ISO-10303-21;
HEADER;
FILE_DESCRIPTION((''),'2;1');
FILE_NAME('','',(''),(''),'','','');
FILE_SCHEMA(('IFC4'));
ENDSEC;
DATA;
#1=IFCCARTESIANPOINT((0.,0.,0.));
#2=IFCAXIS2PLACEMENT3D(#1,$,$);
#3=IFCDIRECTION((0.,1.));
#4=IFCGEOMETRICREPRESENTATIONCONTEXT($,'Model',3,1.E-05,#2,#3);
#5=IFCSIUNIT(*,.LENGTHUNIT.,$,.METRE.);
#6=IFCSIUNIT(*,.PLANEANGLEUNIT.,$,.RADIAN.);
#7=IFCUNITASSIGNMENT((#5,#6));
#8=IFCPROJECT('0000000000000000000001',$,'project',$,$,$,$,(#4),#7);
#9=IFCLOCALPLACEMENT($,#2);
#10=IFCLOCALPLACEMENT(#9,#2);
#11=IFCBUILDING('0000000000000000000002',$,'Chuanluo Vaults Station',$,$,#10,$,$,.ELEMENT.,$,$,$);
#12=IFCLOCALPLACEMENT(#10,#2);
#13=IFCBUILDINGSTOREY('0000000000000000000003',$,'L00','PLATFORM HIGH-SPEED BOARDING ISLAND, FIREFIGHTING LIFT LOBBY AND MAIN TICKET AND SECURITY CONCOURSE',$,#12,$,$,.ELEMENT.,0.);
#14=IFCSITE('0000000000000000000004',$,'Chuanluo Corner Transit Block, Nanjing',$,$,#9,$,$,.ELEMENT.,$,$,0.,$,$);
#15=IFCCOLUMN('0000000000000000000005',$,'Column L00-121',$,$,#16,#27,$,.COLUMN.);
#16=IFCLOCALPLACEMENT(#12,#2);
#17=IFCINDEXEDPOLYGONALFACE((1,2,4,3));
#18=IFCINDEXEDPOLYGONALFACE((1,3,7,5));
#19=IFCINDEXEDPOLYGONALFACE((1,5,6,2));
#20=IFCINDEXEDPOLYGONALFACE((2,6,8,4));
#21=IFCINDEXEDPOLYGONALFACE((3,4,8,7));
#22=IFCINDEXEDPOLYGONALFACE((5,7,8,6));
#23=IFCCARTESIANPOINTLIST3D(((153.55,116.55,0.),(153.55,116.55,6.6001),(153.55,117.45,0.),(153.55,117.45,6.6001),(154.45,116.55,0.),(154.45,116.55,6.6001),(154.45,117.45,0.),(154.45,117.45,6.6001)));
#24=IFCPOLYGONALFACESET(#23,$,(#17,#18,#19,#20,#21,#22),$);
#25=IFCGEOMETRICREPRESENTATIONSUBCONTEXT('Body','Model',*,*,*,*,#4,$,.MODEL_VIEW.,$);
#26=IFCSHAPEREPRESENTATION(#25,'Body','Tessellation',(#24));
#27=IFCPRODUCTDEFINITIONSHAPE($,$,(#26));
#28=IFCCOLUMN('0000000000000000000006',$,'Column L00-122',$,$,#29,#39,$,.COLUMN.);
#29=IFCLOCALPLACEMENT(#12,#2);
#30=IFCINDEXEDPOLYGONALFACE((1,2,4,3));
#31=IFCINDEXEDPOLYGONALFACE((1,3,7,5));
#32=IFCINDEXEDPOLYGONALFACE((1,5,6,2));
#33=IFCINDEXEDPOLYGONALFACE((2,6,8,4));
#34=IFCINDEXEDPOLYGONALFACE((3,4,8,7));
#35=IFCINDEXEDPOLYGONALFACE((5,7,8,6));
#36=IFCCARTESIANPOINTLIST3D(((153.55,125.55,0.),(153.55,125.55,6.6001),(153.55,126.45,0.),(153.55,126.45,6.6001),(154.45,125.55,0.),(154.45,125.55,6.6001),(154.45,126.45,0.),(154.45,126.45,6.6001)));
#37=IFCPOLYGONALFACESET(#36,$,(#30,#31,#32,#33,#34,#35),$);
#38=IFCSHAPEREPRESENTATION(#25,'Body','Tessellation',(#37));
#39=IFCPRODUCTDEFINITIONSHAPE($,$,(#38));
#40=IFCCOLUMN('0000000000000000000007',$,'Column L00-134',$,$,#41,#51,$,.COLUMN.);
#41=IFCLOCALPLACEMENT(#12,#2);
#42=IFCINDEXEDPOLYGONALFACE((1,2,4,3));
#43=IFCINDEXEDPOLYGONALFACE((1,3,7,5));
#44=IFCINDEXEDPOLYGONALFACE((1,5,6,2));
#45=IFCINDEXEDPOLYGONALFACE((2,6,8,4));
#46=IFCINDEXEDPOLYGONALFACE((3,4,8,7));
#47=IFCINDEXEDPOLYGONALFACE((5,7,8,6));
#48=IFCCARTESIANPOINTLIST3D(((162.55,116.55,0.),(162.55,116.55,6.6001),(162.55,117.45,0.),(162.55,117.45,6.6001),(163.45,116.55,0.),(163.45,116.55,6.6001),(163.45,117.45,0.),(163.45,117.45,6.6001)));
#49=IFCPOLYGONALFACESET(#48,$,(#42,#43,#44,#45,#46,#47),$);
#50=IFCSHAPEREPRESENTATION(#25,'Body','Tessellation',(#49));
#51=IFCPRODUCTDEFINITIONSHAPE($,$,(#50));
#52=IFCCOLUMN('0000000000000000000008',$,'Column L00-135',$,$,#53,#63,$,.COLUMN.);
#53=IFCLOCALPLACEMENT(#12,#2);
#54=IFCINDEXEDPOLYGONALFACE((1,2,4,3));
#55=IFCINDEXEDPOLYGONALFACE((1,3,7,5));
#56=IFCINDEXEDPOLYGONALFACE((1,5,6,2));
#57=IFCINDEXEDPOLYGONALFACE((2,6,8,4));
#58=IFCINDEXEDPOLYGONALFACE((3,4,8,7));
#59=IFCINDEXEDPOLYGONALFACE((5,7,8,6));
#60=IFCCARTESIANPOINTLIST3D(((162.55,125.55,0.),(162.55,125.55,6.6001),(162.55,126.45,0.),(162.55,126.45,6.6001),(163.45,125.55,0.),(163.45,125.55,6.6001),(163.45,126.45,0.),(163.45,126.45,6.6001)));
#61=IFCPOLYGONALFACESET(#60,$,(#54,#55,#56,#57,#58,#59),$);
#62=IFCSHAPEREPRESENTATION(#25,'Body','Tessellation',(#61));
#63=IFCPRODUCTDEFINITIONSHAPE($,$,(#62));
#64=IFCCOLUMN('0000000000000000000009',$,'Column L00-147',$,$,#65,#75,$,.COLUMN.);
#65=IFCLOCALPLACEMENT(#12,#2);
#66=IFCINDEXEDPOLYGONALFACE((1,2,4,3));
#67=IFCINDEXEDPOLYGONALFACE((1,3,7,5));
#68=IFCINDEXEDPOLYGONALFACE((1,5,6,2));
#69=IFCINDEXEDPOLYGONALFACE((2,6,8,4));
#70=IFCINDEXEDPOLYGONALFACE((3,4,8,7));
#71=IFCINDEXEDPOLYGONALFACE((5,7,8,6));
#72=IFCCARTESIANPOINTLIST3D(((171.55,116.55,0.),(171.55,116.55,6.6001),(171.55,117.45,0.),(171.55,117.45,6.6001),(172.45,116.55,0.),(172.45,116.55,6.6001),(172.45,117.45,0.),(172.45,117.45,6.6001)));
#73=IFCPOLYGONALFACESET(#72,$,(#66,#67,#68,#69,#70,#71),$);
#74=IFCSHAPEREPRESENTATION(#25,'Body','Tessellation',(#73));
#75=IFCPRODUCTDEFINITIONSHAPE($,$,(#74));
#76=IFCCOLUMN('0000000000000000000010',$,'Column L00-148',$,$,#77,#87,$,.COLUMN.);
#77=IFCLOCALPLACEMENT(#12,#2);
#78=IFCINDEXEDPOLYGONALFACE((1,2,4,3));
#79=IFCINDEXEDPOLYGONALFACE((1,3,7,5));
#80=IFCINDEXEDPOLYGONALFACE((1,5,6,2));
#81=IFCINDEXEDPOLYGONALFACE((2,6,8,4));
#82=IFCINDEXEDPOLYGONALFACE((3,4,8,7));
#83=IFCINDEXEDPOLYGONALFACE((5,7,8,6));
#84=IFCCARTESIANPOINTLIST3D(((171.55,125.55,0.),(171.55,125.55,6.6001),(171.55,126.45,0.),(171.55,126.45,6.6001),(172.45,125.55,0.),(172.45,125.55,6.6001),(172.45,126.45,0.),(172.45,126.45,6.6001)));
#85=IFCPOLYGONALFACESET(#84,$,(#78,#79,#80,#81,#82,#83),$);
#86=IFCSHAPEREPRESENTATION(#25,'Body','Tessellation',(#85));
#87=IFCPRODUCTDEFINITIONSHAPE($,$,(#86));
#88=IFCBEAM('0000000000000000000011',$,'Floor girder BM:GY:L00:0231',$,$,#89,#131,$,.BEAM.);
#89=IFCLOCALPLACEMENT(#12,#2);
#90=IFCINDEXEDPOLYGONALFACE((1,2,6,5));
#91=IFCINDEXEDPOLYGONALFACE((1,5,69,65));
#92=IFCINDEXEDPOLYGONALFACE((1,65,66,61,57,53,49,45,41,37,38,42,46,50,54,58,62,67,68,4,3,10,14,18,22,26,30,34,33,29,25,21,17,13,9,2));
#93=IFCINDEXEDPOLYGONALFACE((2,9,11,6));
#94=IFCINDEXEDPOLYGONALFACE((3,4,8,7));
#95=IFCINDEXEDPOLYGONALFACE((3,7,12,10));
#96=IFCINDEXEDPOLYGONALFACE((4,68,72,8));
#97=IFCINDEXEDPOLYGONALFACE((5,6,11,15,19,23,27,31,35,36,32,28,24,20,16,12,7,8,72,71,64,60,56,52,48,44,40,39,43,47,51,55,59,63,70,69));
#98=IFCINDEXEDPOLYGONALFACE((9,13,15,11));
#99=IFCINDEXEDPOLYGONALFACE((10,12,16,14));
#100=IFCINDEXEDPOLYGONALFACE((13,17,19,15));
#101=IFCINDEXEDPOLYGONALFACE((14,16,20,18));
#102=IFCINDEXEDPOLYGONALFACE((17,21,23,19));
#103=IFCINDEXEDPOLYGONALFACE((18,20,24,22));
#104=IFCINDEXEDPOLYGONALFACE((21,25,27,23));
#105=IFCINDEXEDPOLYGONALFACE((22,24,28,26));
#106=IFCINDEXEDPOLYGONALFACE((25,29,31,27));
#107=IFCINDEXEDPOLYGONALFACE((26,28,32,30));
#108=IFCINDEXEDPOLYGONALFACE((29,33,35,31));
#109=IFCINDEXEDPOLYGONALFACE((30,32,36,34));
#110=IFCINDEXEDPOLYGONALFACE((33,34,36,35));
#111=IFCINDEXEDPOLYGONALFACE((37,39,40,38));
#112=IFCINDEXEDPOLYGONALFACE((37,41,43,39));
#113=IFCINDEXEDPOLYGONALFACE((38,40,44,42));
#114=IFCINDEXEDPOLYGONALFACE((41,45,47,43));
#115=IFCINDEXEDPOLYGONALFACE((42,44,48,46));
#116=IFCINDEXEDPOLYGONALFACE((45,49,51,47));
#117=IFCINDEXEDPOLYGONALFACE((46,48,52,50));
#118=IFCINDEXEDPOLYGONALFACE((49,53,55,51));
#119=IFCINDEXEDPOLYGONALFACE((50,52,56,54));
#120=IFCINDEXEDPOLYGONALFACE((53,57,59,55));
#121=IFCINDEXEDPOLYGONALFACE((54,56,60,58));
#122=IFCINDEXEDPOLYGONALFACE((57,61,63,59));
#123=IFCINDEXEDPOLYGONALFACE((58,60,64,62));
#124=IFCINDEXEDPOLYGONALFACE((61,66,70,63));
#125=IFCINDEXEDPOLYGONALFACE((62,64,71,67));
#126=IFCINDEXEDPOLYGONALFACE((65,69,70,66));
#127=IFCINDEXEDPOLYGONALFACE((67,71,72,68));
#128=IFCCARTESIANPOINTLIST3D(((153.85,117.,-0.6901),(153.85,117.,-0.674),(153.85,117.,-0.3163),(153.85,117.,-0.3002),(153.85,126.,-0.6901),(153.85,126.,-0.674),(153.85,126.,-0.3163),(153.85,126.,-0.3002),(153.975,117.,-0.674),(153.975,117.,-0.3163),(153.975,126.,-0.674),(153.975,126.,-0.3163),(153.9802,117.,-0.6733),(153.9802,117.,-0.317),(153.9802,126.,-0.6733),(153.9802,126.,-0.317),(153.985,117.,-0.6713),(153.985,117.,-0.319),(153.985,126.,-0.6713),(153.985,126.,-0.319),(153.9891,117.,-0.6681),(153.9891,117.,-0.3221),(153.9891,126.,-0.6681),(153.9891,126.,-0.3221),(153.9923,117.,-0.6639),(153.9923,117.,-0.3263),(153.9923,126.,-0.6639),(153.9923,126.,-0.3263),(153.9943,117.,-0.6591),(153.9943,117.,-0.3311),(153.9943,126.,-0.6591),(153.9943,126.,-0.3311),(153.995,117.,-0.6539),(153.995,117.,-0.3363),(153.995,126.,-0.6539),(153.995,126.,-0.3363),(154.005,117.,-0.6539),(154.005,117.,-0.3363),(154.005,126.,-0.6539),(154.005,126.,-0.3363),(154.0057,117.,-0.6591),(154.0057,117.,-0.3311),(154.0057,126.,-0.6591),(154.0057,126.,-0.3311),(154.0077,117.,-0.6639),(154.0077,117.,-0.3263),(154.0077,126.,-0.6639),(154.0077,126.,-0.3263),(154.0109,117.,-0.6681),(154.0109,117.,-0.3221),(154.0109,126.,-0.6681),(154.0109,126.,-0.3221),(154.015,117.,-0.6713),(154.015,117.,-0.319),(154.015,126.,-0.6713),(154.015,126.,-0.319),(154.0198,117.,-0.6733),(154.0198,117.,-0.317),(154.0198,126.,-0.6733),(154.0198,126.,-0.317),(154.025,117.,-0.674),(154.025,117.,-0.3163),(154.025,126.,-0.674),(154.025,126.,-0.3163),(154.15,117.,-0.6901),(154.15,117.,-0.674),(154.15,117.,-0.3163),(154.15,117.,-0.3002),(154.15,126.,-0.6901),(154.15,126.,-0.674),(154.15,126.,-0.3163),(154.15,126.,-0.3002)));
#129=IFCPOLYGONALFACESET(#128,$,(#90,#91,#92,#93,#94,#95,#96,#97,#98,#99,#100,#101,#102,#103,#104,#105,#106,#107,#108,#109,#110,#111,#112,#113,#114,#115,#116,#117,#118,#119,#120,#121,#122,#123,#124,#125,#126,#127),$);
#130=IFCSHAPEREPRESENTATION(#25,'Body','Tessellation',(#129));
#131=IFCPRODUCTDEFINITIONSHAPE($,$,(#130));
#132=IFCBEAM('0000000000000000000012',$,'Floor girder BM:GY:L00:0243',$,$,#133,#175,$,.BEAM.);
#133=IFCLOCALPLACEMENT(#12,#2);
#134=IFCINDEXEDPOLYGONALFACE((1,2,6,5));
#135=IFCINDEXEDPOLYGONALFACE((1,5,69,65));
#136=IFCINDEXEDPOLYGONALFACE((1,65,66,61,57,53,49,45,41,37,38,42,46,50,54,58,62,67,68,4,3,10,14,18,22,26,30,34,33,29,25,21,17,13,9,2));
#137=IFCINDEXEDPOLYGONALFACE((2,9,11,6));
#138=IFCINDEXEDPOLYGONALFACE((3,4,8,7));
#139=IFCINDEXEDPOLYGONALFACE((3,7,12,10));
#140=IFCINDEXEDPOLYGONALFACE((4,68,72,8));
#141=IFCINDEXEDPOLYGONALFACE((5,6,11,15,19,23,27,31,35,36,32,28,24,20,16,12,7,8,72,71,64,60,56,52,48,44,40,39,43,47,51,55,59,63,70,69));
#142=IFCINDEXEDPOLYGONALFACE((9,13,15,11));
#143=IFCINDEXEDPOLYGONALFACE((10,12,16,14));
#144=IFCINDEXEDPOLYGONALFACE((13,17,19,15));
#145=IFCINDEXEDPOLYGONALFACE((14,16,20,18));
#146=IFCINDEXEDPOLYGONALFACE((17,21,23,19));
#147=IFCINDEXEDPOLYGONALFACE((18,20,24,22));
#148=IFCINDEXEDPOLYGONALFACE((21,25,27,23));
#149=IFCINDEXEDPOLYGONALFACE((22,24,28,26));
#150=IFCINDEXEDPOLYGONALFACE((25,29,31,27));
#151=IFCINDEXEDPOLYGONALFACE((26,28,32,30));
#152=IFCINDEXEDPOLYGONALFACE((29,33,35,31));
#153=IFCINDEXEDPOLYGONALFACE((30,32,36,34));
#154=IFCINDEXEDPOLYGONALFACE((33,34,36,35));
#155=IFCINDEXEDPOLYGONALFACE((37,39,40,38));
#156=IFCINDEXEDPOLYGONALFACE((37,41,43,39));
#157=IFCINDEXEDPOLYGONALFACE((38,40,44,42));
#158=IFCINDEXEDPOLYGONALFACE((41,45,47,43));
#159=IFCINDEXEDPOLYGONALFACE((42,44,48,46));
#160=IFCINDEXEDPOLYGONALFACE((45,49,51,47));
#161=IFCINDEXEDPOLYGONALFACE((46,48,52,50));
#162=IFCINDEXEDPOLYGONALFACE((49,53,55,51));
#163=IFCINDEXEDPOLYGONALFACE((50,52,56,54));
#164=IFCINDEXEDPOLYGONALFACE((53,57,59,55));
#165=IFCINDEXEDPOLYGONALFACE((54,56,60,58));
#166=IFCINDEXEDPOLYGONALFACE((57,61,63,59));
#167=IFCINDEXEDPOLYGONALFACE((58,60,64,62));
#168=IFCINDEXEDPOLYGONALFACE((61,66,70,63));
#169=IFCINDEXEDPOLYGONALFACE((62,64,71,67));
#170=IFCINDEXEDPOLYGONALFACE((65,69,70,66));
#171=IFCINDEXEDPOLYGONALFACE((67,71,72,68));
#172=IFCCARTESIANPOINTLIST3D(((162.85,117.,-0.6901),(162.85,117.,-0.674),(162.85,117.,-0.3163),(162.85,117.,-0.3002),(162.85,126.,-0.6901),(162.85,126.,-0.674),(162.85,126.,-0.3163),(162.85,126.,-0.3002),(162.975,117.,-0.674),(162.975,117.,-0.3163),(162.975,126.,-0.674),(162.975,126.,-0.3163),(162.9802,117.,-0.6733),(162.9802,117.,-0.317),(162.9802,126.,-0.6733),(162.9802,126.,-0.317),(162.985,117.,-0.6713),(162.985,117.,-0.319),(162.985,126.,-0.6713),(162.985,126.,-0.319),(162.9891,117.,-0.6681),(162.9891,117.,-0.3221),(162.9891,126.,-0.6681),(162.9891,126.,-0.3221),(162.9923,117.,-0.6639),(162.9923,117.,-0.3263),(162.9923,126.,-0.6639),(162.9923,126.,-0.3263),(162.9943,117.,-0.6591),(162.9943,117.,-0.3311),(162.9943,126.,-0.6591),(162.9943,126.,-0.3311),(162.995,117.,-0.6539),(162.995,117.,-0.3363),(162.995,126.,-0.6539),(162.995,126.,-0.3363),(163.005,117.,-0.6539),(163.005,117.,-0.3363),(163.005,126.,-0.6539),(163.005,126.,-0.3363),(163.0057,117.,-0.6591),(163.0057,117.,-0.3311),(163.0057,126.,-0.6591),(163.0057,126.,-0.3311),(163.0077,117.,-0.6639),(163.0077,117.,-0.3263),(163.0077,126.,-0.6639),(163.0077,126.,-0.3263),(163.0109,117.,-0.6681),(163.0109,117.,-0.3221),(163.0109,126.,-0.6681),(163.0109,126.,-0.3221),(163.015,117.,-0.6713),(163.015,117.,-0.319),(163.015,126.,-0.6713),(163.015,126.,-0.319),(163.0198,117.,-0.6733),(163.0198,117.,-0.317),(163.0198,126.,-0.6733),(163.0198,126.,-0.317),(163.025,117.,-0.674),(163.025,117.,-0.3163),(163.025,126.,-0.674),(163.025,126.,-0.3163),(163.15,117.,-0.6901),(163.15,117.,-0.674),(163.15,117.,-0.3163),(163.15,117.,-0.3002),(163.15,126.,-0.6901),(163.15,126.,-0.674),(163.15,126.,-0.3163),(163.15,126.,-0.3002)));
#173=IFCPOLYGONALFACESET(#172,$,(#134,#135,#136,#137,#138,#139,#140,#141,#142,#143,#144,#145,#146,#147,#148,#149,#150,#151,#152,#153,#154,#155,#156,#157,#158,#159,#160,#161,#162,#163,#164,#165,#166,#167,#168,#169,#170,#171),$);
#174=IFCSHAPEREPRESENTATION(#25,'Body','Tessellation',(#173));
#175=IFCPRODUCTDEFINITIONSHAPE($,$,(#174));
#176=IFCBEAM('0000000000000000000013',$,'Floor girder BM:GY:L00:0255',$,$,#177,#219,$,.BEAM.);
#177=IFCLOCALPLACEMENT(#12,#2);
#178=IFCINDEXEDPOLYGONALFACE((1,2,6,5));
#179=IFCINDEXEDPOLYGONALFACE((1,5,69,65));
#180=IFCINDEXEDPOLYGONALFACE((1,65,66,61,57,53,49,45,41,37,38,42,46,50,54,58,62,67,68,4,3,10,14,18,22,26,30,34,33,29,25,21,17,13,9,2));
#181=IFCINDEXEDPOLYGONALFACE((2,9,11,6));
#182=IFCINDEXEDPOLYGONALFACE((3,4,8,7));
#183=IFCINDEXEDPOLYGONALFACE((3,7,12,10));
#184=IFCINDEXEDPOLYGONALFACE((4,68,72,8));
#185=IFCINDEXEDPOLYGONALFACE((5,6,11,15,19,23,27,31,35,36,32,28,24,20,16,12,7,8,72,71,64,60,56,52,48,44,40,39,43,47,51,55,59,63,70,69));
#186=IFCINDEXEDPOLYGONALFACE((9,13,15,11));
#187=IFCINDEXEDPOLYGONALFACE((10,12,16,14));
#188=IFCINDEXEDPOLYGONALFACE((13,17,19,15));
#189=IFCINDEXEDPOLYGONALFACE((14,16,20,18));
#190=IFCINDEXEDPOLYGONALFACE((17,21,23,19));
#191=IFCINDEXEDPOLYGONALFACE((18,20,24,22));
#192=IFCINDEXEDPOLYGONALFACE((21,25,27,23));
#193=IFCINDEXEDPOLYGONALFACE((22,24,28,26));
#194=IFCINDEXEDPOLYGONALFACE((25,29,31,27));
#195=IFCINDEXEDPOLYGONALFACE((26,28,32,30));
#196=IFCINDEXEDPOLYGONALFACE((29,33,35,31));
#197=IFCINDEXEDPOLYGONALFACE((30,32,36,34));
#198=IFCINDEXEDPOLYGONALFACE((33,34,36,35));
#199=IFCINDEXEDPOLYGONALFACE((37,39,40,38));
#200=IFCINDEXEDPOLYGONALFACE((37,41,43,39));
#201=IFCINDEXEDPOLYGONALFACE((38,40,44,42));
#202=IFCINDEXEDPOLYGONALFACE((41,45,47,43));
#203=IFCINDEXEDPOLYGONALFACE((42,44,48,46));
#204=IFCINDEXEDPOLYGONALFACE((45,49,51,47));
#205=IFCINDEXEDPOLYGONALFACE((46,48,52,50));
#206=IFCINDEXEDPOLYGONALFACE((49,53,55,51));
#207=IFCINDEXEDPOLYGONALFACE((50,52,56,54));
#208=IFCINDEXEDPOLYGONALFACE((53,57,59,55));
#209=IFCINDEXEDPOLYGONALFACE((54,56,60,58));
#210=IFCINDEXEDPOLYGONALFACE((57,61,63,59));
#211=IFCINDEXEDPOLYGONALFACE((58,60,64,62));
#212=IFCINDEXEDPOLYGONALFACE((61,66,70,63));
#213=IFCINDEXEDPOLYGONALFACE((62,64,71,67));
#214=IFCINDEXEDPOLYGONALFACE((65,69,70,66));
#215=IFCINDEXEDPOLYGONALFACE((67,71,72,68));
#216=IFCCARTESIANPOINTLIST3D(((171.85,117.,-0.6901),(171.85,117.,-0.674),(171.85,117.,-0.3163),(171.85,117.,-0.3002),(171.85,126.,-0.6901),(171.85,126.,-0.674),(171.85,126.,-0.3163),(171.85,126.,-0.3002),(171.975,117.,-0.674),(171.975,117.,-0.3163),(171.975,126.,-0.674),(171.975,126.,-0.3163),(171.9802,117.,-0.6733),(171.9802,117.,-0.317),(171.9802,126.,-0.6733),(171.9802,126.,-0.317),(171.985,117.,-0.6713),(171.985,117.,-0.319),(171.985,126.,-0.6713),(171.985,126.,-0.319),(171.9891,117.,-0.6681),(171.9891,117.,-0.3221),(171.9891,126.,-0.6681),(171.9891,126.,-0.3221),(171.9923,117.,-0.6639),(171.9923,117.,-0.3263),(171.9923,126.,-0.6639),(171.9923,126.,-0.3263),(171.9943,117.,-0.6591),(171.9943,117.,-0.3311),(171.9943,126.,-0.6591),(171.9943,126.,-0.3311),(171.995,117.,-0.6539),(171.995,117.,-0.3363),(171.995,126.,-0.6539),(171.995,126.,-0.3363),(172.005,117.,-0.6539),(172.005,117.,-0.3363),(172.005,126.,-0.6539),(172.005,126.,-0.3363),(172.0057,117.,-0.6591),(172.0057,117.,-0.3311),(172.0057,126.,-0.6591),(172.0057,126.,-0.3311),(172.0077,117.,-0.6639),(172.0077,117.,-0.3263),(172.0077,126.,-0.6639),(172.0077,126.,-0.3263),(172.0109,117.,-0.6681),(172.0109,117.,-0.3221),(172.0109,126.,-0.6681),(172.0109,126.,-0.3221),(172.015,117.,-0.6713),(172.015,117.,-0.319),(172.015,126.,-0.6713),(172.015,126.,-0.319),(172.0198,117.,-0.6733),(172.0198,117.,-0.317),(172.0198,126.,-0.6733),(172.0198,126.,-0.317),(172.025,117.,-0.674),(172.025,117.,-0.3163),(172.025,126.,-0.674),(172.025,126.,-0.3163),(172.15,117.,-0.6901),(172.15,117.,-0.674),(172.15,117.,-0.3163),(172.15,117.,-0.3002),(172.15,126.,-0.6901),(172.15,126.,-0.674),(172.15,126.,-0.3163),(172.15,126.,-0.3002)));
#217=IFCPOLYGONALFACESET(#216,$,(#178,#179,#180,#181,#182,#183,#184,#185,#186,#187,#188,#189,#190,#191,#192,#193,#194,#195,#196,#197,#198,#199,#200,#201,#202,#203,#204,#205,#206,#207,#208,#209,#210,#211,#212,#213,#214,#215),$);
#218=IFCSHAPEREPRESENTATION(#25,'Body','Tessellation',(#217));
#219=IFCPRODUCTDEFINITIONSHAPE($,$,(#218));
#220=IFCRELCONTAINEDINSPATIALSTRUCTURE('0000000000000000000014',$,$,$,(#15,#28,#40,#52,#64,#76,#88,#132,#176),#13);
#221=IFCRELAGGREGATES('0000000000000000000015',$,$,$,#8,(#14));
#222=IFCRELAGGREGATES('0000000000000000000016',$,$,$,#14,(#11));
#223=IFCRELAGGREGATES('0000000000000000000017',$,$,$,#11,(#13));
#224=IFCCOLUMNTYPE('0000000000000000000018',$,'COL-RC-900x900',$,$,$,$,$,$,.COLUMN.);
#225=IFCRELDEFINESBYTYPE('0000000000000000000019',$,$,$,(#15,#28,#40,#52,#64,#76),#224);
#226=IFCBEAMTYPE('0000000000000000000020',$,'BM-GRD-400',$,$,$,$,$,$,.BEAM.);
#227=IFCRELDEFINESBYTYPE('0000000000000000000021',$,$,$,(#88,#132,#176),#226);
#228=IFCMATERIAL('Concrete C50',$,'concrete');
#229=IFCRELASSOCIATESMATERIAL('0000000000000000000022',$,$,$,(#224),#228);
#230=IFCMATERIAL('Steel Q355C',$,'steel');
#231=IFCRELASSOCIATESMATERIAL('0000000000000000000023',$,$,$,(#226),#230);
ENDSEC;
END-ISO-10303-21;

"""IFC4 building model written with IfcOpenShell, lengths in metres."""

from ifc_helpers import new_model, si_unit, direction, frame, origin, origin_2d, place, context, subcontext, project, spatial, rectangle, i_section, extrude, material, material_profile, profile_set, type_object, element, save


model = new_model("IFC4")

# Units and contexts
model_context = context("Model", 3, precision=1e-05, world=origin(), true_north=direction((0.0, 1.0)))
body_context = subcontext(model_context, "Body", "Model", "MODEL_VIEW")
ifc_project = project(units=[si_unit("LENGTHUNIT", "METRE"), si_unit("PLANEANGLEUNIT", "RADIAN")], contexts=[model_context])

# Site, building, storey
site_placement = place(None, origin())
site = spatial("IfcSite", under=ifc_project, at=site_placement, Name="Chuanluo Corner Transit Block, Nanjing", CompositionType="ELEMENT", RefElevation=0.0)
building_placement = place(site_placement, origin())
building = spatial("IfcBuilding", under=site, at=building_placement, Name="Chuanluo Vaults Station", CompositionType="ELEMENT")
storey_placement = place(building_placement, origin())
storey = spatial("IfcBuildingStorey", under=building, at=storey_placement, Name="L00", Description="PLATFORM HIGH-SPEED BOARDING ISLAND, FIREFIGHTING LIFT LOBBY AND MAIN TICKET AND SECURITY CONCOURSE", CompositionType="ELEMENT", Elevation=0.0)

# Columns
ifc_material_1 = material(Name="Concrete C50", Category="concrete")
ifc_material_profile_1 = material_profile(ifc_material_1, rectangle(XDim=0.8999, YDim=0.8999, at=origin_2d()))
ifc_profile_set_1 = profile_set([ifc_material_profile_1], Name="Concrete C50")
column_type = type_object("IfcColumnType", Name="COL-RC-900x900", PredefinedType="COLUMN", material=ifc_profile_set_1)
for number, where, z_axis, x_axis, name in (
    (1, (154.0, 117.0, 0.0), (0.0, 0.0, 1.0), (1.0, 0.0, 0.0), "Column L00-121"),
    (2, (154.0, 126.0, 0.0), (0.0, 0.0, 1.0), (1.0, 0.0, 0.0), "Column L00-122"),
    (3, (163.0, 117.0, 0.0), (0.0, 0.0, 1.0), (1.0, 0.0, 0.0), "Column L00-134"),
    (4, (163.0, 126.0, 0.0), (0.0, 0.0, 1.0), (1.0, 0.0, 0.0), "Column L00-135"),
    (5, (172.0, 117.0, 0.0), (0.0, 0.0, 1.0), (1.0, 0.0, 0.0), "Column L00-147"),
    (6, (172.0, 126.0, 0.0), (0.0, 0.0, 1.0), (1.0, 0.0, 0.0), "Column L00-148"),
):
    element("IfcColumn", number, at=place(storey_placement, frame(where, z_axis=z_axis, x_axis=x_axis)), inside=storey, type_object=column_type, Name=name, PredefinedType="COLUMN", context=body_context, shape_type="SweptSolid", body=[
        extrude(rectangle(XDim=0.8999, YDim=0.8999, at=origin_2d()), origin(), (0.0, 0.0, 1.0), 6.6001),
    ])

# Beams
ifc_material_2 = material(Name="Steel Q355C", Category="steel")
ifc_material_profile_2 = material_profile(ifc_material_2, i_section(OverallWidth=0.3, OverallDepth=0.3899, WebThickness=0.01, FlangeThickness=0.0161, FilletRadius=0.02, at=origin_2d()))
ifc_profile_set_2 = profile_set([ifc_material_profile_2], Name="Steel Q355C")
beam_type_1 = type_object("IfcBeamType", Name="BM-GRD-400", PredefinedType="BEAM", material=ifc_profile_set_2)
for number, where, z_axis, x_axis, name in (
    (7, (154.0, 117.0, -0.4951), (0.0, 1.0, 0.0), (-1.0, 0.0, 0.0), "Floor girder BM:GY:L00:0231"),
    (8, (163.0, 117.0, -0.4951), (0.0, 1.0, 0.0), (-1.0, 0.0, 0.0), "Floor girder BM:GY:L00:0243"),
    (9, (172.0, 117.0, -0.4951), (0.0, 1.0, 0.0), (-1.0, 0.0, 0.0), "Floor girder BM:GY:L00:0255"),
):
    element("IfcBeam", number, at=place(storey_placement, frame(where, z_axis=z_axis, x_axis=x_axis)), inside=storey, type_object=beam_type_1, Name=name, PredefinedType="BEAM", context=body_context, shape_type="SweptSolid", body=[
        extrude(i_section(OverallWidth=0.3, OverallDepth=0.3899, WebThickness=0.01, FlangeThickness=0.0161, FilletRadius=0.02, at=origin_2d()), origin(), (0.0, 0.0, 1.0), 9.0),
    ])

save(model, "model.ifc")
